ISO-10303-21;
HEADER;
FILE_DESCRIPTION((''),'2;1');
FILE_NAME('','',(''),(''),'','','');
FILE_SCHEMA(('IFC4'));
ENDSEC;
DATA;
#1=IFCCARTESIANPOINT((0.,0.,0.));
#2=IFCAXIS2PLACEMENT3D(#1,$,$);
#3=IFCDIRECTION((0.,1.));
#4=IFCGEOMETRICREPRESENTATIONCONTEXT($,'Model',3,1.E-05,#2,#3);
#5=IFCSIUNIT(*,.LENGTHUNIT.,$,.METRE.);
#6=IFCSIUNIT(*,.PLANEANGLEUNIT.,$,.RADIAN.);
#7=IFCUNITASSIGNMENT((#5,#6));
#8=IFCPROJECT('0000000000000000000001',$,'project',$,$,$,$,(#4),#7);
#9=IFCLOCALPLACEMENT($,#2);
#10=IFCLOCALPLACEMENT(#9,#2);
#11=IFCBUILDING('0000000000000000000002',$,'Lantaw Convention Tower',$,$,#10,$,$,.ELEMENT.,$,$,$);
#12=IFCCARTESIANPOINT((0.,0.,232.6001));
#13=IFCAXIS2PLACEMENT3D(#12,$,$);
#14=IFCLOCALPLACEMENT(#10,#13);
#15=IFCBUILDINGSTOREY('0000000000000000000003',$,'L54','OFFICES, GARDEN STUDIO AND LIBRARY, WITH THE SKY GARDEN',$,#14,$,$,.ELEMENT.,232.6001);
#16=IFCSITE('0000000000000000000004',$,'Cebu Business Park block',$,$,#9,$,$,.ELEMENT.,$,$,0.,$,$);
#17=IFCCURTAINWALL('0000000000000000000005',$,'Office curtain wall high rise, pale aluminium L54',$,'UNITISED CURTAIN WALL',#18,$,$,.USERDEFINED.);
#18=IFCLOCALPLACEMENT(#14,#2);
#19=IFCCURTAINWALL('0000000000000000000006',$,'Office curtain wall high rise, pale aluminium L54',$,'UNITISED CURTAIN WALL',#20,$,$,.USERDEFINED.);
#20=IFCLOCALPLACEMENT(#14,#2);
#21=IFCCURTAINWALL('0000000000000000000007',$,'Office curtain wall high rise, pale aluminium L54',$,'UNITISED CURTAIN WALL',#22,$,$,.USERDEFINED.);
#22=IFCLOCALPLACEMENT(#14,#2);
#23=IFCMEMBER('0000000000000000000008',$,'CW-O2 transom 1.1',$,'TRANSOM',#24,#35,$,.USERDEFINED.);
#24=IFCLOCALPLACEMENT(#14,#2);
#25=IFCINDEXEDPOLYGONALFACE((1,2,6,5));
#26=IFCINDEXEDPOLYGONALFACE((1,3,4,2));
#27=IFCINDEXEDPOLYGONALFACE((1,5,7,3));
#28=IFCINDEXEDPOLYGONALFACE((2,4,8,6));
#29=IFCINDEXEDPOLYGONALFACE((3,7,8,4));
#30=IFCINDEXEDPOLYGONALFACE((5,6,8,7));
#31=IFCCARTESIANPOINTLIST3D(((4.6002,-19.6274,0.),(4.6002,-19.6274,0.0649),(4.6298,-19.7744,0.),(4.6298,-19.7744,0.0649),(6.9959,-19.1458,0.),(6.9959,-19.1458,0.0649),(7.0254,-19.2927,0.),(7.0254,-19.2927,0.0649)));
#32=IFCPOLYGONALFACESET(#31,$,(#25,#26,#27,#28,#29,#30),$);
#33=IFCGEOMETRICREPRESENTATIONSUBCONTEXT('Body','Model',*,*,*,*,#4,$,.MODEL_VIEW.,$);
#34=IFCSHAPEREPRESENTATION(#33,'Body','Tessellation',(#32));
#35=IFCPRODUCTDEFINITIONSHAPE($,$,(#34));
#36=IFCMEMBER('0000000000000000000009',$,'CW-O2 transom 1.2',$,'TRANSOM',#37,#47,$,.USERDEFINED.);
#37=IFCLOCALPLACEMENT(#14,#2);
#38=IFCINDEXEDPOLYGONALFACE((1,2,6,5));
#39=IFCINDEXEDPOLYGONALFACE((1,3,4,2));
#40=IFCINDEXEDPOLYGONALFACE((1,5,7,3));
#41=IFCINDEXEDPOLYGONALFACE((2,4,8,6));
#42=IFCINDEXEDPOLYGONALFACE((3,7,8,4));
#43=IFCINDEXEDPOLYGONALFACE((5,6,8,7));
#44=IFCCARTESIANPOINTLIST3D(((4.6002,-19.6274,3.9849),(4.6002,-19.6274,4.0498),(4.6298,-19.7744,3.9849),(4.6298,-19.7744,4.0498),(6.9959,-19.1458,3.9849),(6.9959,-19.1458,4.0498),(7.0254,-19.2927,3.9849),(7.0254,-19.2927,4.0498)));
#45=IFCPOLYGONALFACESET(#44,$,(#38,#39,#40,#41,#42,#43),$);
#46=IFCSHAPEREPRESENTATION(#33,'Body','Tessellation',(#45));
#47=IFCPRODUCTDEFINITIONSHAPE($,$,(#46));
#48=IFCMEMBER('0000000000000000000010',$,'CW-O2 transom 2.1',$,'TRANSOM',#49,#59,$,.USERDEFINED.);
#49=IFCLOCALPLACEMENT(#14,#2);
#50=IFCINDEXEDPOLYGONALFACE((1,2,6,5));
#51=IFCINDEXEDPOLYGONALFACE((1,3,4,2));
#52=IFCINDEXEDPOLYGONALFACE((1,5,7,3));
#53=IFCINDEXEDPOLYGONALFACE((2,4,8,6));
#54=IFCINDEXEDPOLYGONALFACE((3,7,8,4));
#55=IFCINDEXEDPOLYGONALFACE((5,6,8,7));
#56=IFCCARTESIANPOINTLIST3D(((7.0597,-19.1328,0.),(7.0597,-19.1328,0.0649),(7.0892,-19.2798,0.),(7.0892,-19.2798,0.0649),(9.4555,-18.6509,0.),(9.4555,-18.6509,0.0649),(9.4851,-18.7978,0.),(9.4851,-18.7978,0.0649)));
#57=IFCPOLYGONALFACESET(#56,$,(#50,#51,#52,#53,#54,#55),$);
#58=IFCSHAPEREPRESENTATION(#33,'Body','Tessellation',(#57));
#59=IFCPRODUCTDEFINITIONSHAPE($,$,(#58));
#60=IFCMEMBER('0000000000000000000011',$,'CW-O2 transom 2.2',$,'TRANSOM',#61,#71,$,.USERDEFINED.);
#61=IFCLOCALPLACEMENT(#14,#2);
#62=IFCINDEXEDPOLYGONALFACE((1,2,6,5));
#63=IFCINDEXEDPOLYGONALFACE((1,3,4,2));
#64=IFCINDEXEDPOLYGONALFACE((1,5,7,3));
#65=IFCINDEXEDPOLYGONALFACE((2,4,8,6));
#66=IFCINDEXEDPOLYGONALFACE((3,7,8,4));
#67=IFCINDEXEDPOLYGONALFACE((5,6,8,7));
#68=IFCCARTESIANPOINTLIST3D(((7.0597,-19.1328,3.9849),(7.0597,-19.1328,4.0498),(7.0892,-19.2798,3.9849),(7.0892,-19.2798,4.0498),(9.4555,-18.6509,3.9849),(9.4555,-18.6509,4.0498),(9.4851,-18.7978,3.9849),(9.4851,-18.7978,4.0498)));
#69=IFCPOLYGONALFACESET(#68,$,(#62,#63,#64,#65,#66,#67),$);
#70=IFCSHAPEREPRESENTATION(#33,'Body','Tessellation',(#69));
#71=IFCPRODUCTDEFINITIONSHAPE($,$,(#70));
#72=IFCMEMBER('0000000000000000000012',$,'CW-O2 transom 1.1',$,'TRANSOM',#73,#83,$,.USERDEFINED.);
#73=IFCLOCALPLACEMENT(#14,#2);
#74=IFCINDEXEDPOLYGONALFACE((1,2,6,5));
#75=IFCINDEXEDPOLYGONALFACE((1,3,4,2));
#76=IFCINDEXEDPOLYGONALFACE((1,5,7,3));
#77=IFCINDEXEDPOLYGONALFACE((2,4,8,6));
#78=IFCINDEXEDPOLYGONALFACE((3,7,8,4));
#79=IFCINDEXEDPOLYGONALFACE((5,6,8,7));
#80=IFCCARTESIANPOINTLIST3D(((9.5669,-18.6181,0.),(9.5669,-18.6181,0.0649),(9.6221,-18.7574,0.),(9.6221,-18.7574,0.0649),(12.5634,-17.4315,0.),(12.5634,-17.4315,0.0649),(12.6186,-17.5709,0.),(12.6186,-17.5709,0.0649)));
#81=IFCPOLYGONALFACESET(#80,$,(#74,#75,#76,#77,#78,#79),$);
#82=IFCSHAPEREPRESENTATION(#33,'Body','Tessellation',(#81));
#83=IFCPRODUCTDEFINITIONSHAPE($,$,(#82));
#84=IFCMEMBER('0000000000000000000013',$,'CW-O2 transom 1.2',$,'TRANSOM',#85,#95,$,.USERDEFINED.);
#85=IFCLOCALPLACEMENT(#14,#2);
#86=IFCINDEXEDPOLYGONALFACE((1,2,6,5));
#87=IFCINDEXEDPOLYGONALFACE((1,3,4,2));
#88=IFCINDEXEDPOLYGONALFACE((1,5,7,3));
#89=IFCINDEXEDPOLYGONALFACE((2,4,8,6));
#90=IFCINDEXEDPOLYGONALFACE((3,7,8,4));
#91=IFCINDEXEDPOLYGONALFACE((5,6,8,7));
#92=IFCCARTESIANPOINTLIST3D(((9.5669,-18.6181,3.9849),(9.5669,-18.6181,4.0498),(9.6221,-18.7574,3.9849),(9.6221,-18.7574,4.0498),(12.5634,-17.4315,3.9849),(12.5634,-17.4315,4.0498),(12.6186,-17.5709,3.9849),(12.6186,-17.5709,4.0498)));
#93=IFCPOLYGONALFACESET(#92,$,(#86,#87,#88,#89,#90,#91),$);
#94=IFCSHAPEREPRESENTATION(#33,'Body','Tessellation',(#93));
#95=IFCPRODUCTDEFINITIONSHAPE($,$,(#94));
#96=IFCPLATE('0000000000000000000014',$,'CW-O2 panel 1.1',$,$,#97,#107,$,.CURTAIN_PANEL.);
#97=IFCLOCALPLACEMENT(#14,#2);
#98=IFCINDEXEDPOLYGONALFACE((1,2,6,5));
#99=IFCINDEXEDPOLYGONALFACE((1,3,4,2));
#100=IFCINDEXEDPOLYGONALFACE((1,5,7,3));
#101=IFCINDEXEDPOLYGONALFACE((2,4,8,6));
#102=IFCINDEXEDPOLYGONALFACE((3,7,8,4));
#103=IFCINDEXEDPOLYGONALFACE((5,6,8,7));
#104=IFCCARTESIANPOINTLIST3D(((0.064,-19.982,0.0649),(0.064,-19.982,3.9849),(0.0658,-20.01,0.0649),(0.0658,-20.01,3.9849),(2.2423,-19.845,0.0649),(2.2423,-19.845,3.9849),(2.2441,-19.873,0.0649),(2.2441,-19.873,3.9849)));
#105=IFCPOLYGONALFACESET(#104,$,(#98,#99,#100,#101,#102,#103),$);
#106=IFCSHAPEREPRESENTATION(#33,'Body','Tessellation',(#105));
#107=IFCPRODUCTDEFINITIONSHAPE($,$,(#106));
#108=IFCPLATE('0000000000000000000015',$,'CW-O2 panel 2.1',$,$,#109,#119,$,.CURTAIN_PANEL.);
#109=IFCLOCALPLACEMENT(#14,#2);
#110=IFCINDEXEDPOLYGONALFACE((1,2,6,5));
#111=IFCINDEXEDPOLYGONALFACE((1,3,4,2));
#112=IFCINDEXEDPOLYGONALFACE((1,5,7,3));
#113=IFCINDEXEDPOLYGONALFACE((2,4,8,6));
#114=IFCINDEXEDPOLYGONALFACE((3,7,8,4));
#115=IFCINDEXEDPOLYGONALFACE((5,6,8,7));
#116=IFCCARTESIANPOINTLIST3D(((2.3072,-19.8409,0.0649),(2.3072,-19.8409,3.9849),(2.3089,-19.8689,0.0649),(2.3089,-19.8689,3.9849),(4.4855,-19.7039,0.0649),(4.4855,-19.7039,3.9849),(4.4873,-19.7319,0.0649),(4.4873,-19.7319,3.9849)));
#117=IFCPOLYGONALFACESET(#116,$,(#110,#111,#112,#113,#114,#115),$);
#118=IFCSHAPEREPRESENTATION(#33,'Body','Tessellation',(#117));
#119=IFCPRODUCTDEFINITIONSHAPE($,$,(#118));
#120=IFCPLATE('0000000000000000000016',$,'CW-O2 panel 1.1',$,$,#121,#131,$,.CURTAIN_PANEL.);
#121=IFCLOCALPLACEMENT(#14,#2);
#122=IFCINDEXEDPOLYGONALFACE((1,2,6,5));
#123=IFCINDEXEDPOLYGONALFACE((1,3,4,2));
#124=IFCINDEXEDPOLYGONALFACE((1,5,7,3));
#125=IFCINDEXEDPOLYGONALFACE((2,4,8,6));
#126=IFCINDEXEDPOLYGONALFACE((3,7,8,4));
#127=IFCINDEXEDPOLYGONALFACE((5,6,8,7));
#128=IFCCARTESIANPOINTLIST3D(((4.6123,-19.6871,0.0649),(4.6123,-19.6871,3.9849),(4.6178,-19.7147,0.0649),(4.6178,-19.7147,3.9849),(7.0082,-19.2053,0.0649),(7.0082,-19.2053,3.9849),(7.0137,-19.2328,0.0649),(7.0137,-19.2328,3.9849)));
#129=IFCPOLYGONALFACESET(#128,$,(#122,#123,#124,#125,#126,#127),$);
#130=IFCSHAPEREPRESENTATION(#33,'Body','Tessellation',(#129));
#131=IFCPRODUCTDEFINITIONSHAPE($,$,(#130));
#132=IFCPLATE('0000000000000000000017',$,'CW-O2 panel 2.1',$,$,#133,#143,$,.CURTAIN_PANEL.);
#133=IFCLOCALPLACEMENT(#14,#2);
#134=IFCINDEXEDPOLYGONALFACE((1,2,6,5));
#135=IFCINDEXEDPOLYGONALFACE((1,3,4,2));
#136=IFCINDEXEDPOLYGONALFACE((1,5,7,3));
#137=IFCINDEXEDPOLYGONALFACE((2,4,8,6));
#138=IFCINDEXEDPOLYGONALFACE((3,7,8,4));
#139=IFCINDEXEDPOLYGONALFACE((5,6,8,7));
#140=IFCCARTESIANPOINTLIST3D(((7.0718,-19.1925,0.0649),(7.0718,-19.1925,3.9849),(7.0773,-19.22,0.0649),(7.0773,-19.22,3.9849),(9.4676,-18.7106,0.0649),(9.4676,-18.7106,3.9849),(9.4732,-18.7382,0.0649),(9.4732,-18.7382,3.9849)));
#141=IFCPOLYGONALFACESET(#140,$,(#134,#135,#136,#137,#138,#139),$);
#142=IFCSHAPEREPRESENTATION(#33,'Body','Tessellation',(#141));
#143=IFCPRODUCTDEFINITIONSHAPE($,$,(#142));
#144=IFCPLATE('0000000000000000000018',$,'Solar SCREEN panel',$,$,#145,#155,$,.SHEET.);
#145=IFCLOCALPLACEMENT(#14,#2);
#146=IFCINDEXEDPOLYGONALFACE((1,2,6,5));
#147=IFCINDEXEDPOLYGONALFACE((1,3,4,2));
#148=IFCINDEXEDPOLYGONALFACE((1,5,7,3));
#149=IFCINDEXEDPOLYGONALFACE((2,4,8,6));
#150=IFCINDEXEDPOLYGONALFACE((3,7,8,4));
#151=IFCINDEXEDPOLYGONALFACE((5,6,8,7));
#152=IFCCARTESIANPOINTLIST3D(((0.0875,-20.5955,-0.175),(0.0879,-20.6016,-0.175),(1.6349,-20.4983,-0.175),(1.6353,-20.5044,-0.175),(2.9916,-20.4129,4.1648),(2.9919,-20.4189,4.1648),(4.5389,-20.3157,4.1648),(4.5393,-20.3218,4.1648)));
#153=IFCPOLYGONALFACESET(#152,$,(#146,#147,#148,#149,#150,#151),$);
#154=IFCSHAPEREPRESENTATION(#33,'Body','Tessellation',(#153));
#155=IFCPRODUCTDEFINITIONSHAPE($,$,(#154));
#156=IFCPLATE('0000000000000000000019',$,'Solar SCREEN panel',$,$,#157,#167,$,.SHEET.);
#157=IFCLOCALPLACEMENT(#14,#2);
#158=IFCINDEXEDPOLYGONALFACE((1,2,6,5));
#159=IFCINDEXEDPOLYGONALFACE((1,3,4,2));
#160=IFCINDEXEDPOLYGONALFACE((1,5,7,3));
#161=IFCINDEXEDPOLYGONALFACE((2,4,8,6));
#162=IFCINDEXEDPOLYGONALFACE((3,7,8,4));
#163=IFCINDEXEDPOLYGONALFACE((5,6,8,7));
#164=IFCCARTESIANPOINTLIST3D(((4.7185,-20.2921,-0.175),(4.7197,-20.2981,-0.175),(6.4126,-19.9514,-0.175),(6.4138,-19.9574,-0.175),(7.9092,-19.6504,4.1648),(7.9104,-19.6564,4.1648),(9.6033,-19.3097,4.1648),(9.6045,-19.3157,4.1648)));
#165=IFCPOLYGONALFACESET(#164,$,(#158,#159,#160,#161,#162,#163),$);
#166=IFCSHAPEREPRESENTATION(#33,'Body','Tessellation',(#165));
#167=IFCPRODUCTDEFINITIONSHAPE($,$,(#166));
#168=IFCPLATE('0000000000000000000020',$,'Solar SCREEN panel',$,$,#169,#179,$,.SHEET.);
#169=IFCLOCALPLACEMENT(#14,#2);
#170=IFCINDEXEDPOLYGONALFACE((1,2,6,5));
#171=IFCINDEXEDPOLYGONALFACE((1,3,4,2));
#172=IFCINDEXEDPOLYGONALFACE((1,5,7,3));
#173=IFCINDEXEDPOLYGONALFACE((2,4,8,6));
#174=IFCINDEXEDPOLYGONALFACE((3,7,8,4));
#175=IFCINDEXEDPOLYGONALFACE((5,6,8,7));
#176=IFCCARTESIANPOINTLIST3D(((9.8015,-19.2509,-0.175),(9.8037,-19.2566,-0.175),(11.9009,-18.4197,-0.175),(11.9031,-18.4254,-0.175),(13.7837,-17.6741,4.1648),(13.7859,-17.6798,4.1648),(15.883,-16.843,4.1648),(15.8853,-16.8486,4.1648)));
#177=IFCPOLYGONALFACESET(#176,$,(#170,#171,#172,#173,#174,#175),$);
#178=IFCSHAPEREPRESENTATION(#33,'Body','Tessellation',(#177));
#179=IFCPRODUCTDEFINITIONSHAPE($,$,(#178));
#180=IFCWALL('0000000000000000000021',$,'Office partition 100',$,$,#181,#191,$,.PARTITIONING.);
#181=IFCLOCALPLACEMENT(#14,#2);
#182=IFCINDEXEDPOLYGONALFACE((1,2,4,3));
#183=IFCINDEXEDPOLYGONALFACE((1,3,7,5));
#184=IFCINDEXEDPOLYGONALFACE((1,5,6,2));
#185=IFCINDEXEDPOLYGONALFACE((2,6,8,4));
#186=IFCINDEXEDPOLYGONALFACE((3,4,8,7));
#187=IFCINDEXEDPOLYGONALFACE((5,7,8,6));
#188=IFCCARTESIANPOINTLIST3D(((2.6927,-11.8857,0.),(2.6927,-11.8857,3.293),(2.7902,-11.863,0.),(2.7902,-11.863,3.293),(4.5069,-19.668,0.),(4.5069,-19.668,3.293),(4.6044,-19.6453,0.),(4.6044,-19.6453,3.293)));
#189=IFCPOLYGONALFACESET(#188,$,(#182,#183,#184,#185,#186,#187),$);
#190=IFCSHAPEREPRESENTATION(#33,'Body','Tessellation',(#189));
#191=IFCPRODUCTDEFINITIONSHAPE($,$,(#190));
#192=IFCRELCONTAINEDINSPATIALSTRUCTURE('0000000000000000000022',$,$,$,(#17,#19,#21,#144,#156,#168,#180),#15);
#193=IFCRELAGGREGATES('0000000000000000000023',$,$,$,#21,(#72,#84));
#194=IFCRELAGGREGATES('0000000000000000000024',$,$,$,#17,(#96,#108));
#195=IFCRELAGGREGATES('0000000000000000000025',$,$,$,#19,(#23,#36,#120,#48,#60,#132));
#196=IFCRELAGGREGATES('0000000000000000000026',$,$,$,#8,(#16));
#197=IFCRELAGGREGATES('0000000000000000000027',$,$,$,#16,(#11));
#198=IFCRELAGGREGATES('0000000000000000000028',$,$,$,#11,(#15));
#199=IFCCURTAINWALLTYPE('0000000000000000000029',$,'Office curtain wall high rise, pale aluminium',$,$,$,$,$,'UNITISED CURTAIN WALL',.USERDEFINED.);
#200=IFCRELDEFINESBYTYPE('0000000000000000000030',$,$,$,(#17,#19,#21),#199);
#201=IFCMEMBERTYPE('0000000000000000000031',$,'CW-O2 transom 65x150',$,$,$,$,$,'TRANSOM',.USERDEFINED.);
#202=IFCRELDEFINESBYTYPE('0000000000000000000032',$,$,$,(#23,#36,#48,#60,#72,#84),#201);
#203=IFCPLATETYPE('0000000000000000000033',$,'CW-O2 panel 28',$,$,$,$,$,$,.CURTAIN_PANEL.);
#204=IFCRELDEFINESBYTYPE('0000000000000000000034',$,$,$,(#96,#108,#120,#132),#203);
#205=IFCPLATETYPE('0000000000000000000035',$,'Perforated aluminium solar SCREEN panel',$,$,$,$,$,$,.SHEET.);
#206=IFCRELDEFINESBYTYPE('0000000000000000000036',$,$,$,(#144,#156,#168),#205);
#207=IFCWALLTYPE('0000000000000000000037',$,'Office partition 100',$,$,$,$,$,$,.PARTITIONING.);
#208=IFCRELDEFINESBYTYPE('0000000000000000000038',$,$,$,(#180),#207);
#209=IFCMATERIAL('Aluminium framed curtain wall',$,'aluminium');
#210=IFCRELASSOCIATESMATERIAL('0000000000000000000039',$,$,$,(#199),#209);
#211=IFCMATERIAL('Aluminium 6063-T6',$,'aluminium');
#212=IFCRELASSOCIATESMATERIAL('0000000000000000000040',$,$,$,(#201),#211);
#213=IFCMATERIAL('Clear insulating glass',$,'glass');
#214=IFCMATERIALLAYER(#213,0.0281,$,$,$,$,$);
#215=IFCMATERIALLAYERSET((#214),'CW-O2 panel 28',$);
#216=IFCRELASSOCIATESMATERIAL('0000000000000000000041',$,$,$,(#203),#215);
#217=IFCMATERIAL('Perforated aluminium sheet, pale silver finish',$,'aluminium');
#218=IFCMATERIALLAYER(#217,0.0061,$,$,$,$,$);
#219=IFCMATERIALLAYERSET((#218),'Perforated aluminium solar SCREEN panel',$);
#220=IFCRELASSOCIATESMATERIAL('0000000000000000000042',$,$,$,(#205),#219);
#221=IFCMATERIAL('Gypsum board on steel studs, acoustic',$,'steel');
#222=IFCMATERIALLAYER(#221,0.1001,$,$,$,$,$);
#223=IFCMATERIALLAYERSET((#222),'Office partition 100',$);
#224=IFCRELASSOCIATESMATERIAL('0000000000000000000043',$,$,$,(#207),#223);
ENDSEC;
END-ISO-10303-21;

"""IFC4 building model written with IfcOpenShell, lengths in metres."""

from ifc_helpers import new_model, si_unit, direction, frame, frame_2d, origin, origin_2d, place, context, subcontext, project, spatial, polyline, rectangle, outline, extrude, material, layer, layer_set, material_profile, profile_set, type_object, element, aggregate, save


model = new_model("IFC4")

# Units and contexts
model_context = context("Model", 3, precision=1e-05, world=origin(), true_north=direction((0.0, 1.0)))
body_context = subcontext(model_context, "Body", "Model", "MODEL_VIEW")
ifc_project = project(units=[si_unit("LENGTHUNIT", "METRE"), si_unit("PLANEANGLEUNIT", "RADIAN")], contexts=[model_context])

# Site, building, storey
site_placement = place(None, origin())
site = spatial("IfcSite", under=ifc_project, at=site_placement, Name="Cebu Business Park block", CompositionType="ELEMENT", RefElevation=0.0)
building_placement = place(site_placement, origin())
building = spatial("IfcBuilding", under=site, at=building_placement, Name="Lantaw Convention Tower", CompositionType="ELEMENT")
storey_placement = place(building_placement, frame((0.0, 0.0, 232.6001)))
storey = spatial("IfcBuildingStorey", under=building, at=storey_placement, Name="L54", Description="OFFICES, GARDEN STUDIO AND LIBRARY, WITH THE SKY GARDEN", CompositionType="ELEMENT", Elevation=232.6001)

# Curtain walls
ifc_material_1 = material(Name="Aluminium framed curtain wall", Category="aluminium")
curtain_wall_type = type_object("IfcCurtainWallType", Name="Office curtain wall high rise, pale aluminium", ElementType="UNITISED CURTAIN WALL", PredefinedType="USERDEFINED", material=ifc_material_1)
curtain_wall_1_placement = place(storey_placement, origin())
curtain_wall_1 = element("IfcCurtainWall", 1, at=curtain_wall_1_placement, inside=storey, type_object=curtain_wall_type, Name="Office curtain wall high rise, pale aluminium L54", ObjectType="UNITISED CURTAIN WALL", PredefinedType="USERDEFINED")
ifc_material_2 = material(Name="Aluminium 6063-T6", Category="aluminium")
curtain_wall_2_placement = place(storey_placement, origin())
curtain_wall_2 = element("IfcCurtainWall", 2, at=curtain_wall_2_placement, inside=storey, type_object=curtain_wall_type, Name="Office curtain wall high rise, pale aluminium L54", ObjectType="UNITISED CURTAIN WALL", PredefinedType="USERDEFINED")

# Curtain wall
curtain_wall_3_placement = place(storey_placement, origin())
curtain_wall_3 = element("IfcCurtainWall", 3, at=curtain_wall_3_placement, inside=storey, type_object=curtain_wall_type, Name="Office curtain wall high rise, pale aluminium L54", ObjectType="UNITISED CURTAIN WALL", PredefinedType="USERDEFINED")

# Members
ifc_material_profile_1 = material_profile(ifc_material_2, rectangle(XDim=0.1499, YDim=0.0649, at=origin_2d()), Name="CW-O2 transom 65x150")
ifc_profile_set_1 = profile_set([ifc_material_profile_1], Name="Aluminium 6063-T6")
member_type_1 = type_object("IfcMemberType", Name="CW-O2 transom 65x150", ElementType="TRANSOM", PredefinedType="USERDEFINED", material=ifc_profile_set_1)
member_1_placement = place(storey_placement, frame((4.615, -19.7009, 0.0325), z_axis=(0.98038, 0.197115, 0.0), x_axis=(-0.197115, 0.98038, 0.0)))
member_1 = element("IfcMember", 4, at=member_1_placement, type_object=member_type_1, Name="CW-O2 transom 1.1", ObjectType="TRANSOM", PredefinedType="USERDEFINED", context=body_context, shape_type="SweptSolid", body=[
    extrude(rectangle(XDim=0.1499, YDim=0.0649, at=origin_2d()), origin(), (0.0, 0.0, 1.0), 2.4436),
])
member_2_placement = place(storey_placement, frame((4.615, -19.7009, 4.0173), z_axis=(0.98038, 0.197115, 0.0), x_axis=(-0.197115, 0.98038, 0.0)))
member_2 = element("IfcMember", 5, at=member_2_placement, type_object=member_type_1, Name="CW-O2 transom 1.2", ObjectType="TRANSOM", PredefinedType="USERDEFINED", context=body_context, shape_type="SweptSolid", body=[
    extrude(rectangle(XDim=0.1499, YDim=0.0649, at=origin_2d()), origin(), (0.0, 0.0, 1.0), 2.4436),
])
member_3_placement = place(storey_placement, frame((7.0745, -19.2063, 0.0325), z_axis=(0.980361, 0.197211, 0.0), x_axis=(-0.197211, 0.980361, 0.0)))
member_3 = element("IfcMember", 6, at=member_3_placement, type_object=member_type_1, Name="CW-O2 transom 2.1", ObjectType="TRANSOM", PredefinedType="USERDEFINED", context=body_context, shape_type="SweptSolid", body=[
    extrude(rectangle(XDim=0.1499, YDim=0.0649, at=origin_2d()), origin(), (0.0, 0.0, 1.0), 2.4438),
])
member_4_placement = place(storey_placement, frame((7.0745, -19.2063, 4.0173), z_axis=(0.980361, 0.197211, 0.0), x_axis=(-0.197211, 0.980361, 0.0)))
member_4 = element("IfcMember", 7, at=member_4_placement, type_object=member_type_1, Name="CW-O2 transom 2.2", ObjectType="TRANSOM", PredefinedType="USERDEFINED", context=body_context, shape_type="SweptSolid", body=[
    extrude(rectangle(XDim=0.1499, YDim=0.0649, at=origin_2d()), origin(), (0.0, 0.0, 1.0), 2.4438),
])
member_5_placement = place(storey_placement, frame((9.5945, -18.6877, 0.0325), z_axis=(0.929767, 0.368149, 0.0), x_axis=(-0.368149, 0.929767, 0.0)))
member_5 = element("IfcMember", 8, at=member_5_placement, type_object=member_type_1, Name="CW-O2 transom 1.1", ObjectType="TRANSOM", PredefinedType="USERDEFINED", context=body_context, shape_type="SweptSolid", body=[
    extrude(rectangle(XDim=0.1499, YDim=0.0649, at=origin_2d()), origin(), (0.0, 0.0, 1.0), 3.2229),
])
member_6_placement = place(storey_placement, frame((9.5945, -18.6877, 4.0173), z_axis=(0.929767, 0.368149, 0.0), x_axis=(-0.368149, 0.929767, 0.0)))
member_6 = element("IfcMember", 9, at=member_6_placement, type_object=member_type_1, Name="CW-O2 transom 1.2", ObjectType="TRANSOM", PredefinedType="USERDEFINED", context=body_context, shape_type="SweptSolid", body=[
    extrude(rectangle(XDim=0.1499, YDim=0.0649, at=origin_2d()), origin(), (0.0, 0.0, 1.0), 3.2229),
])
aggregate(curtain_wall_3, [member_5, member_6])

# Plates
ifc_material_3 = material(Name="Clear insulating glass", Category="glass")
ifc_layer_1 = layer(ifc_material_3, 0.0281)
ifc_layer_set_1 = layer_set([ifc_layer_1], Name="CW-O2 panel 28")
plate_type_1 = type_object("IfcPlateType", Name="CW-O2 panel 28", PredefinedType="CURTAIN_PANEL", material=ifc_layer_set_1)
plate_1_placement = place(storey_placement, frame((1.1541, -19.9275, 0.0649), z_axis=(0.0, 0.0, 1.0), x_axis=(0.998029, 0.062758, 0.0)))
plate_1 = element("IfcPlate", 10, at=plate_1_placement, type_object=plate_type_1, Name="CW-O2 panel 1.1", PredefinedType="CURTAIN_PANEL", context=body_context, shape_type="SweptSolid", body=[
    extrude(rectangle(XDim=2.1826, YDim=0.0281, at=origin_2d()), origin(), (0.0, 0.0, 1.0), 3.9199),
])
plate_2_placement = place(storey_placement, frame((3.3972, -19.7864, 0.0649), z_axis=(0.0, 0.0, 1.0), x_axis=(0.998029, 0.062758, 0.0)))
plate_2 = element("IfcPlate", 11, at=plate_2_placement, type_object=plate_type_1, Name="CW-O2 panel 2.1", PredefinedType="CURTAIN_PANEL", context=body_context, shape_type="SweptSolid", body=[
    extrude(rectangle(XDim=2.1826, YDim=0.0281, at=origin_2d()), origin(), (0.0, 0.0, 1.0), 3.9199),
])
aggregate(curtain_wall_1, [plate_1, plate_2])
plate_3_placement = place(storey_placement, frame((5.813, -19.46, 0.0649), z_axis=(0.0, 0.0, 1.0), x_axis=(0.980367, 0.197183, 0.0)))
plate_3 = element("IfcPlate", 12, at=plate_3_placement, type_object=plate_type_1, Name="CW-O2 panel 1.1", PredefinedType="CURTAIN_PANEL", context=body_context, shape_type="SweptSolid", body=[
    extrude(rectangle(XDim=2.4438, YDim=0.0281, at=origin_2d()), origin(), (0.0, 0.0, 1.0), 3.9199),
])
plate_4_placement = place(storey_placement, frame((8.2725, -18.9653, 0.0649), z_axis=(0.0, 0.0, 1.0), x_axis=(0.980367, 0.197183, 0.0)))
plate_4 = element("IfcPlate", 13, at=plate_4_placement, type_object=plate_type_1, Name="CW-O2 panel 2.1", PredefinedType="CURTAIN_PANEL", context=body_context, shape_type="SweptSolid", body=[
    extrude(rectangle(XDim=2.4438, YDim=0.0281, at=origin_2d()), origin(), (0.0, 0.0, 1.0), 3.9199),
])
aggregate(curtain_wall_2, [member_1, member_2, plate_3, member_3, member_4, plate_4])

# Plates
ifc_material_4 = material(Name="Perforated aluminium sheet, pale silver finish", Category="aluminium")
ifc_layer_2 = layer(ifc_material_4, 0.0061)
ifc_layer_set_2 = layer_set([ifc_layer_2], Name="Perforated aluminium solar SCREEN panel")
plate_type_2 = type_object("IfcPlateType", Name="Perforated aluminium solar SCREEN panel", PredefinedType="SHEET", material=ifc_layer_set_2)
plate_5_placement = place(storey_placement, frame((0.0879, -20.6016, -0.175), z_axis=(0.062672, -0.998034, 0.000059), x_axis=(0.998034, 0.062672, 0.0)))
element("IfcPlate", 14, at=plate_5_placement, inside=storey, type_object=plate_type_2, Name="Solar SCREEN panel", PredefinedType="SHEET", context=body_context, shape_type="SweptSolid", body=[
    extrude(outline(polyline([(0.0, 0.0), (1.5504, 0.0), (4.4602, 4.3398), (2.9098, 4.3398), (0.0, 0.0)])), origin(), (0.0, 0.0, -1.0), 0.0061),
])
plate_6_placement = place(storey_placement, frame((4.7197, -20.2981, -0.175), z_axis=(0.197162, -0.980371, 0.000011), x_axis=(0.980371, 0.197162, 0.0)))
element("IfcPlate", 15, at=plate_6_placement, inside=storey, type_object=plate_type_2, Name="Solar SCREEN panel", PredefinedType="SHEET", context=body_context, shape_type="SweptSolid", body=[
    extrude(outline(polyline([(0.0, 0.0), (1.728, 0.0), (4.9826, 4.3398), (3.2546, 4.3398), (0.0, 0.0)])), origin(), (0.0, 0.0, -1.0), 0.0061),
])
plate_7_placement = place(storey_placement, frame((9.8037, -19.2566, -0.175), z_axis=(0.368117, -0.92978, 0.000036), x_axis=(0.92978, 0.368117, 0.0)))
element("IfcPlate", 16, at=plate_7_placement, inside=storey, type_object=plate_type_2, Name="Solar SCREEN panel", PredefinedType="SHEET", context=body_context, shape_type="SweptSolid", body=[
    extrude(outline(polyline([(0.0, 0.0), (2.258, 0.0), (6.5409, 4.3398), (4.283, 4.3398), (0.0, 0.0)])), origin(), (0.0, 0.0, -1.0), 0.0061),
])

# Wall
ifc_material_5 = material(Name="Gypsum board on steel studs, acoustic", Category="steel")
ifc_layer_3 = layer(ifc_material_5, 0.1001)
ifc_layer_set_3 = layer_set([ifc_layer_3], Name="Office partition 100")
wall_type = type_object("IfcWallType", Name="Office partition 100", PredefinedType="PARTITIONING", material=ifc_layer_set_3)
wall_1_placement = place(storey_placement, frame((4.5557, -19.6567, 0.0), z_axis=(0.0, 0.0, 1.0), x_axis=(-0.227035, 0.973887, 0.0)))
element("IfcWall", 17, at=wall_1_placement, inside=storey, type_object=wall_type, Name="Office partition 100", PredefinedType="PARTITIONING", context=body_context, shape_type="SweptSolid", body=[
    extrude(rectangle(XDim=7.991, YDim=0.1001, at=frame_2d((3.9956, 0.0))), origin(), (0.0, 0.0, 1.0), 3.293),
])

save(model, "model.ifc")
